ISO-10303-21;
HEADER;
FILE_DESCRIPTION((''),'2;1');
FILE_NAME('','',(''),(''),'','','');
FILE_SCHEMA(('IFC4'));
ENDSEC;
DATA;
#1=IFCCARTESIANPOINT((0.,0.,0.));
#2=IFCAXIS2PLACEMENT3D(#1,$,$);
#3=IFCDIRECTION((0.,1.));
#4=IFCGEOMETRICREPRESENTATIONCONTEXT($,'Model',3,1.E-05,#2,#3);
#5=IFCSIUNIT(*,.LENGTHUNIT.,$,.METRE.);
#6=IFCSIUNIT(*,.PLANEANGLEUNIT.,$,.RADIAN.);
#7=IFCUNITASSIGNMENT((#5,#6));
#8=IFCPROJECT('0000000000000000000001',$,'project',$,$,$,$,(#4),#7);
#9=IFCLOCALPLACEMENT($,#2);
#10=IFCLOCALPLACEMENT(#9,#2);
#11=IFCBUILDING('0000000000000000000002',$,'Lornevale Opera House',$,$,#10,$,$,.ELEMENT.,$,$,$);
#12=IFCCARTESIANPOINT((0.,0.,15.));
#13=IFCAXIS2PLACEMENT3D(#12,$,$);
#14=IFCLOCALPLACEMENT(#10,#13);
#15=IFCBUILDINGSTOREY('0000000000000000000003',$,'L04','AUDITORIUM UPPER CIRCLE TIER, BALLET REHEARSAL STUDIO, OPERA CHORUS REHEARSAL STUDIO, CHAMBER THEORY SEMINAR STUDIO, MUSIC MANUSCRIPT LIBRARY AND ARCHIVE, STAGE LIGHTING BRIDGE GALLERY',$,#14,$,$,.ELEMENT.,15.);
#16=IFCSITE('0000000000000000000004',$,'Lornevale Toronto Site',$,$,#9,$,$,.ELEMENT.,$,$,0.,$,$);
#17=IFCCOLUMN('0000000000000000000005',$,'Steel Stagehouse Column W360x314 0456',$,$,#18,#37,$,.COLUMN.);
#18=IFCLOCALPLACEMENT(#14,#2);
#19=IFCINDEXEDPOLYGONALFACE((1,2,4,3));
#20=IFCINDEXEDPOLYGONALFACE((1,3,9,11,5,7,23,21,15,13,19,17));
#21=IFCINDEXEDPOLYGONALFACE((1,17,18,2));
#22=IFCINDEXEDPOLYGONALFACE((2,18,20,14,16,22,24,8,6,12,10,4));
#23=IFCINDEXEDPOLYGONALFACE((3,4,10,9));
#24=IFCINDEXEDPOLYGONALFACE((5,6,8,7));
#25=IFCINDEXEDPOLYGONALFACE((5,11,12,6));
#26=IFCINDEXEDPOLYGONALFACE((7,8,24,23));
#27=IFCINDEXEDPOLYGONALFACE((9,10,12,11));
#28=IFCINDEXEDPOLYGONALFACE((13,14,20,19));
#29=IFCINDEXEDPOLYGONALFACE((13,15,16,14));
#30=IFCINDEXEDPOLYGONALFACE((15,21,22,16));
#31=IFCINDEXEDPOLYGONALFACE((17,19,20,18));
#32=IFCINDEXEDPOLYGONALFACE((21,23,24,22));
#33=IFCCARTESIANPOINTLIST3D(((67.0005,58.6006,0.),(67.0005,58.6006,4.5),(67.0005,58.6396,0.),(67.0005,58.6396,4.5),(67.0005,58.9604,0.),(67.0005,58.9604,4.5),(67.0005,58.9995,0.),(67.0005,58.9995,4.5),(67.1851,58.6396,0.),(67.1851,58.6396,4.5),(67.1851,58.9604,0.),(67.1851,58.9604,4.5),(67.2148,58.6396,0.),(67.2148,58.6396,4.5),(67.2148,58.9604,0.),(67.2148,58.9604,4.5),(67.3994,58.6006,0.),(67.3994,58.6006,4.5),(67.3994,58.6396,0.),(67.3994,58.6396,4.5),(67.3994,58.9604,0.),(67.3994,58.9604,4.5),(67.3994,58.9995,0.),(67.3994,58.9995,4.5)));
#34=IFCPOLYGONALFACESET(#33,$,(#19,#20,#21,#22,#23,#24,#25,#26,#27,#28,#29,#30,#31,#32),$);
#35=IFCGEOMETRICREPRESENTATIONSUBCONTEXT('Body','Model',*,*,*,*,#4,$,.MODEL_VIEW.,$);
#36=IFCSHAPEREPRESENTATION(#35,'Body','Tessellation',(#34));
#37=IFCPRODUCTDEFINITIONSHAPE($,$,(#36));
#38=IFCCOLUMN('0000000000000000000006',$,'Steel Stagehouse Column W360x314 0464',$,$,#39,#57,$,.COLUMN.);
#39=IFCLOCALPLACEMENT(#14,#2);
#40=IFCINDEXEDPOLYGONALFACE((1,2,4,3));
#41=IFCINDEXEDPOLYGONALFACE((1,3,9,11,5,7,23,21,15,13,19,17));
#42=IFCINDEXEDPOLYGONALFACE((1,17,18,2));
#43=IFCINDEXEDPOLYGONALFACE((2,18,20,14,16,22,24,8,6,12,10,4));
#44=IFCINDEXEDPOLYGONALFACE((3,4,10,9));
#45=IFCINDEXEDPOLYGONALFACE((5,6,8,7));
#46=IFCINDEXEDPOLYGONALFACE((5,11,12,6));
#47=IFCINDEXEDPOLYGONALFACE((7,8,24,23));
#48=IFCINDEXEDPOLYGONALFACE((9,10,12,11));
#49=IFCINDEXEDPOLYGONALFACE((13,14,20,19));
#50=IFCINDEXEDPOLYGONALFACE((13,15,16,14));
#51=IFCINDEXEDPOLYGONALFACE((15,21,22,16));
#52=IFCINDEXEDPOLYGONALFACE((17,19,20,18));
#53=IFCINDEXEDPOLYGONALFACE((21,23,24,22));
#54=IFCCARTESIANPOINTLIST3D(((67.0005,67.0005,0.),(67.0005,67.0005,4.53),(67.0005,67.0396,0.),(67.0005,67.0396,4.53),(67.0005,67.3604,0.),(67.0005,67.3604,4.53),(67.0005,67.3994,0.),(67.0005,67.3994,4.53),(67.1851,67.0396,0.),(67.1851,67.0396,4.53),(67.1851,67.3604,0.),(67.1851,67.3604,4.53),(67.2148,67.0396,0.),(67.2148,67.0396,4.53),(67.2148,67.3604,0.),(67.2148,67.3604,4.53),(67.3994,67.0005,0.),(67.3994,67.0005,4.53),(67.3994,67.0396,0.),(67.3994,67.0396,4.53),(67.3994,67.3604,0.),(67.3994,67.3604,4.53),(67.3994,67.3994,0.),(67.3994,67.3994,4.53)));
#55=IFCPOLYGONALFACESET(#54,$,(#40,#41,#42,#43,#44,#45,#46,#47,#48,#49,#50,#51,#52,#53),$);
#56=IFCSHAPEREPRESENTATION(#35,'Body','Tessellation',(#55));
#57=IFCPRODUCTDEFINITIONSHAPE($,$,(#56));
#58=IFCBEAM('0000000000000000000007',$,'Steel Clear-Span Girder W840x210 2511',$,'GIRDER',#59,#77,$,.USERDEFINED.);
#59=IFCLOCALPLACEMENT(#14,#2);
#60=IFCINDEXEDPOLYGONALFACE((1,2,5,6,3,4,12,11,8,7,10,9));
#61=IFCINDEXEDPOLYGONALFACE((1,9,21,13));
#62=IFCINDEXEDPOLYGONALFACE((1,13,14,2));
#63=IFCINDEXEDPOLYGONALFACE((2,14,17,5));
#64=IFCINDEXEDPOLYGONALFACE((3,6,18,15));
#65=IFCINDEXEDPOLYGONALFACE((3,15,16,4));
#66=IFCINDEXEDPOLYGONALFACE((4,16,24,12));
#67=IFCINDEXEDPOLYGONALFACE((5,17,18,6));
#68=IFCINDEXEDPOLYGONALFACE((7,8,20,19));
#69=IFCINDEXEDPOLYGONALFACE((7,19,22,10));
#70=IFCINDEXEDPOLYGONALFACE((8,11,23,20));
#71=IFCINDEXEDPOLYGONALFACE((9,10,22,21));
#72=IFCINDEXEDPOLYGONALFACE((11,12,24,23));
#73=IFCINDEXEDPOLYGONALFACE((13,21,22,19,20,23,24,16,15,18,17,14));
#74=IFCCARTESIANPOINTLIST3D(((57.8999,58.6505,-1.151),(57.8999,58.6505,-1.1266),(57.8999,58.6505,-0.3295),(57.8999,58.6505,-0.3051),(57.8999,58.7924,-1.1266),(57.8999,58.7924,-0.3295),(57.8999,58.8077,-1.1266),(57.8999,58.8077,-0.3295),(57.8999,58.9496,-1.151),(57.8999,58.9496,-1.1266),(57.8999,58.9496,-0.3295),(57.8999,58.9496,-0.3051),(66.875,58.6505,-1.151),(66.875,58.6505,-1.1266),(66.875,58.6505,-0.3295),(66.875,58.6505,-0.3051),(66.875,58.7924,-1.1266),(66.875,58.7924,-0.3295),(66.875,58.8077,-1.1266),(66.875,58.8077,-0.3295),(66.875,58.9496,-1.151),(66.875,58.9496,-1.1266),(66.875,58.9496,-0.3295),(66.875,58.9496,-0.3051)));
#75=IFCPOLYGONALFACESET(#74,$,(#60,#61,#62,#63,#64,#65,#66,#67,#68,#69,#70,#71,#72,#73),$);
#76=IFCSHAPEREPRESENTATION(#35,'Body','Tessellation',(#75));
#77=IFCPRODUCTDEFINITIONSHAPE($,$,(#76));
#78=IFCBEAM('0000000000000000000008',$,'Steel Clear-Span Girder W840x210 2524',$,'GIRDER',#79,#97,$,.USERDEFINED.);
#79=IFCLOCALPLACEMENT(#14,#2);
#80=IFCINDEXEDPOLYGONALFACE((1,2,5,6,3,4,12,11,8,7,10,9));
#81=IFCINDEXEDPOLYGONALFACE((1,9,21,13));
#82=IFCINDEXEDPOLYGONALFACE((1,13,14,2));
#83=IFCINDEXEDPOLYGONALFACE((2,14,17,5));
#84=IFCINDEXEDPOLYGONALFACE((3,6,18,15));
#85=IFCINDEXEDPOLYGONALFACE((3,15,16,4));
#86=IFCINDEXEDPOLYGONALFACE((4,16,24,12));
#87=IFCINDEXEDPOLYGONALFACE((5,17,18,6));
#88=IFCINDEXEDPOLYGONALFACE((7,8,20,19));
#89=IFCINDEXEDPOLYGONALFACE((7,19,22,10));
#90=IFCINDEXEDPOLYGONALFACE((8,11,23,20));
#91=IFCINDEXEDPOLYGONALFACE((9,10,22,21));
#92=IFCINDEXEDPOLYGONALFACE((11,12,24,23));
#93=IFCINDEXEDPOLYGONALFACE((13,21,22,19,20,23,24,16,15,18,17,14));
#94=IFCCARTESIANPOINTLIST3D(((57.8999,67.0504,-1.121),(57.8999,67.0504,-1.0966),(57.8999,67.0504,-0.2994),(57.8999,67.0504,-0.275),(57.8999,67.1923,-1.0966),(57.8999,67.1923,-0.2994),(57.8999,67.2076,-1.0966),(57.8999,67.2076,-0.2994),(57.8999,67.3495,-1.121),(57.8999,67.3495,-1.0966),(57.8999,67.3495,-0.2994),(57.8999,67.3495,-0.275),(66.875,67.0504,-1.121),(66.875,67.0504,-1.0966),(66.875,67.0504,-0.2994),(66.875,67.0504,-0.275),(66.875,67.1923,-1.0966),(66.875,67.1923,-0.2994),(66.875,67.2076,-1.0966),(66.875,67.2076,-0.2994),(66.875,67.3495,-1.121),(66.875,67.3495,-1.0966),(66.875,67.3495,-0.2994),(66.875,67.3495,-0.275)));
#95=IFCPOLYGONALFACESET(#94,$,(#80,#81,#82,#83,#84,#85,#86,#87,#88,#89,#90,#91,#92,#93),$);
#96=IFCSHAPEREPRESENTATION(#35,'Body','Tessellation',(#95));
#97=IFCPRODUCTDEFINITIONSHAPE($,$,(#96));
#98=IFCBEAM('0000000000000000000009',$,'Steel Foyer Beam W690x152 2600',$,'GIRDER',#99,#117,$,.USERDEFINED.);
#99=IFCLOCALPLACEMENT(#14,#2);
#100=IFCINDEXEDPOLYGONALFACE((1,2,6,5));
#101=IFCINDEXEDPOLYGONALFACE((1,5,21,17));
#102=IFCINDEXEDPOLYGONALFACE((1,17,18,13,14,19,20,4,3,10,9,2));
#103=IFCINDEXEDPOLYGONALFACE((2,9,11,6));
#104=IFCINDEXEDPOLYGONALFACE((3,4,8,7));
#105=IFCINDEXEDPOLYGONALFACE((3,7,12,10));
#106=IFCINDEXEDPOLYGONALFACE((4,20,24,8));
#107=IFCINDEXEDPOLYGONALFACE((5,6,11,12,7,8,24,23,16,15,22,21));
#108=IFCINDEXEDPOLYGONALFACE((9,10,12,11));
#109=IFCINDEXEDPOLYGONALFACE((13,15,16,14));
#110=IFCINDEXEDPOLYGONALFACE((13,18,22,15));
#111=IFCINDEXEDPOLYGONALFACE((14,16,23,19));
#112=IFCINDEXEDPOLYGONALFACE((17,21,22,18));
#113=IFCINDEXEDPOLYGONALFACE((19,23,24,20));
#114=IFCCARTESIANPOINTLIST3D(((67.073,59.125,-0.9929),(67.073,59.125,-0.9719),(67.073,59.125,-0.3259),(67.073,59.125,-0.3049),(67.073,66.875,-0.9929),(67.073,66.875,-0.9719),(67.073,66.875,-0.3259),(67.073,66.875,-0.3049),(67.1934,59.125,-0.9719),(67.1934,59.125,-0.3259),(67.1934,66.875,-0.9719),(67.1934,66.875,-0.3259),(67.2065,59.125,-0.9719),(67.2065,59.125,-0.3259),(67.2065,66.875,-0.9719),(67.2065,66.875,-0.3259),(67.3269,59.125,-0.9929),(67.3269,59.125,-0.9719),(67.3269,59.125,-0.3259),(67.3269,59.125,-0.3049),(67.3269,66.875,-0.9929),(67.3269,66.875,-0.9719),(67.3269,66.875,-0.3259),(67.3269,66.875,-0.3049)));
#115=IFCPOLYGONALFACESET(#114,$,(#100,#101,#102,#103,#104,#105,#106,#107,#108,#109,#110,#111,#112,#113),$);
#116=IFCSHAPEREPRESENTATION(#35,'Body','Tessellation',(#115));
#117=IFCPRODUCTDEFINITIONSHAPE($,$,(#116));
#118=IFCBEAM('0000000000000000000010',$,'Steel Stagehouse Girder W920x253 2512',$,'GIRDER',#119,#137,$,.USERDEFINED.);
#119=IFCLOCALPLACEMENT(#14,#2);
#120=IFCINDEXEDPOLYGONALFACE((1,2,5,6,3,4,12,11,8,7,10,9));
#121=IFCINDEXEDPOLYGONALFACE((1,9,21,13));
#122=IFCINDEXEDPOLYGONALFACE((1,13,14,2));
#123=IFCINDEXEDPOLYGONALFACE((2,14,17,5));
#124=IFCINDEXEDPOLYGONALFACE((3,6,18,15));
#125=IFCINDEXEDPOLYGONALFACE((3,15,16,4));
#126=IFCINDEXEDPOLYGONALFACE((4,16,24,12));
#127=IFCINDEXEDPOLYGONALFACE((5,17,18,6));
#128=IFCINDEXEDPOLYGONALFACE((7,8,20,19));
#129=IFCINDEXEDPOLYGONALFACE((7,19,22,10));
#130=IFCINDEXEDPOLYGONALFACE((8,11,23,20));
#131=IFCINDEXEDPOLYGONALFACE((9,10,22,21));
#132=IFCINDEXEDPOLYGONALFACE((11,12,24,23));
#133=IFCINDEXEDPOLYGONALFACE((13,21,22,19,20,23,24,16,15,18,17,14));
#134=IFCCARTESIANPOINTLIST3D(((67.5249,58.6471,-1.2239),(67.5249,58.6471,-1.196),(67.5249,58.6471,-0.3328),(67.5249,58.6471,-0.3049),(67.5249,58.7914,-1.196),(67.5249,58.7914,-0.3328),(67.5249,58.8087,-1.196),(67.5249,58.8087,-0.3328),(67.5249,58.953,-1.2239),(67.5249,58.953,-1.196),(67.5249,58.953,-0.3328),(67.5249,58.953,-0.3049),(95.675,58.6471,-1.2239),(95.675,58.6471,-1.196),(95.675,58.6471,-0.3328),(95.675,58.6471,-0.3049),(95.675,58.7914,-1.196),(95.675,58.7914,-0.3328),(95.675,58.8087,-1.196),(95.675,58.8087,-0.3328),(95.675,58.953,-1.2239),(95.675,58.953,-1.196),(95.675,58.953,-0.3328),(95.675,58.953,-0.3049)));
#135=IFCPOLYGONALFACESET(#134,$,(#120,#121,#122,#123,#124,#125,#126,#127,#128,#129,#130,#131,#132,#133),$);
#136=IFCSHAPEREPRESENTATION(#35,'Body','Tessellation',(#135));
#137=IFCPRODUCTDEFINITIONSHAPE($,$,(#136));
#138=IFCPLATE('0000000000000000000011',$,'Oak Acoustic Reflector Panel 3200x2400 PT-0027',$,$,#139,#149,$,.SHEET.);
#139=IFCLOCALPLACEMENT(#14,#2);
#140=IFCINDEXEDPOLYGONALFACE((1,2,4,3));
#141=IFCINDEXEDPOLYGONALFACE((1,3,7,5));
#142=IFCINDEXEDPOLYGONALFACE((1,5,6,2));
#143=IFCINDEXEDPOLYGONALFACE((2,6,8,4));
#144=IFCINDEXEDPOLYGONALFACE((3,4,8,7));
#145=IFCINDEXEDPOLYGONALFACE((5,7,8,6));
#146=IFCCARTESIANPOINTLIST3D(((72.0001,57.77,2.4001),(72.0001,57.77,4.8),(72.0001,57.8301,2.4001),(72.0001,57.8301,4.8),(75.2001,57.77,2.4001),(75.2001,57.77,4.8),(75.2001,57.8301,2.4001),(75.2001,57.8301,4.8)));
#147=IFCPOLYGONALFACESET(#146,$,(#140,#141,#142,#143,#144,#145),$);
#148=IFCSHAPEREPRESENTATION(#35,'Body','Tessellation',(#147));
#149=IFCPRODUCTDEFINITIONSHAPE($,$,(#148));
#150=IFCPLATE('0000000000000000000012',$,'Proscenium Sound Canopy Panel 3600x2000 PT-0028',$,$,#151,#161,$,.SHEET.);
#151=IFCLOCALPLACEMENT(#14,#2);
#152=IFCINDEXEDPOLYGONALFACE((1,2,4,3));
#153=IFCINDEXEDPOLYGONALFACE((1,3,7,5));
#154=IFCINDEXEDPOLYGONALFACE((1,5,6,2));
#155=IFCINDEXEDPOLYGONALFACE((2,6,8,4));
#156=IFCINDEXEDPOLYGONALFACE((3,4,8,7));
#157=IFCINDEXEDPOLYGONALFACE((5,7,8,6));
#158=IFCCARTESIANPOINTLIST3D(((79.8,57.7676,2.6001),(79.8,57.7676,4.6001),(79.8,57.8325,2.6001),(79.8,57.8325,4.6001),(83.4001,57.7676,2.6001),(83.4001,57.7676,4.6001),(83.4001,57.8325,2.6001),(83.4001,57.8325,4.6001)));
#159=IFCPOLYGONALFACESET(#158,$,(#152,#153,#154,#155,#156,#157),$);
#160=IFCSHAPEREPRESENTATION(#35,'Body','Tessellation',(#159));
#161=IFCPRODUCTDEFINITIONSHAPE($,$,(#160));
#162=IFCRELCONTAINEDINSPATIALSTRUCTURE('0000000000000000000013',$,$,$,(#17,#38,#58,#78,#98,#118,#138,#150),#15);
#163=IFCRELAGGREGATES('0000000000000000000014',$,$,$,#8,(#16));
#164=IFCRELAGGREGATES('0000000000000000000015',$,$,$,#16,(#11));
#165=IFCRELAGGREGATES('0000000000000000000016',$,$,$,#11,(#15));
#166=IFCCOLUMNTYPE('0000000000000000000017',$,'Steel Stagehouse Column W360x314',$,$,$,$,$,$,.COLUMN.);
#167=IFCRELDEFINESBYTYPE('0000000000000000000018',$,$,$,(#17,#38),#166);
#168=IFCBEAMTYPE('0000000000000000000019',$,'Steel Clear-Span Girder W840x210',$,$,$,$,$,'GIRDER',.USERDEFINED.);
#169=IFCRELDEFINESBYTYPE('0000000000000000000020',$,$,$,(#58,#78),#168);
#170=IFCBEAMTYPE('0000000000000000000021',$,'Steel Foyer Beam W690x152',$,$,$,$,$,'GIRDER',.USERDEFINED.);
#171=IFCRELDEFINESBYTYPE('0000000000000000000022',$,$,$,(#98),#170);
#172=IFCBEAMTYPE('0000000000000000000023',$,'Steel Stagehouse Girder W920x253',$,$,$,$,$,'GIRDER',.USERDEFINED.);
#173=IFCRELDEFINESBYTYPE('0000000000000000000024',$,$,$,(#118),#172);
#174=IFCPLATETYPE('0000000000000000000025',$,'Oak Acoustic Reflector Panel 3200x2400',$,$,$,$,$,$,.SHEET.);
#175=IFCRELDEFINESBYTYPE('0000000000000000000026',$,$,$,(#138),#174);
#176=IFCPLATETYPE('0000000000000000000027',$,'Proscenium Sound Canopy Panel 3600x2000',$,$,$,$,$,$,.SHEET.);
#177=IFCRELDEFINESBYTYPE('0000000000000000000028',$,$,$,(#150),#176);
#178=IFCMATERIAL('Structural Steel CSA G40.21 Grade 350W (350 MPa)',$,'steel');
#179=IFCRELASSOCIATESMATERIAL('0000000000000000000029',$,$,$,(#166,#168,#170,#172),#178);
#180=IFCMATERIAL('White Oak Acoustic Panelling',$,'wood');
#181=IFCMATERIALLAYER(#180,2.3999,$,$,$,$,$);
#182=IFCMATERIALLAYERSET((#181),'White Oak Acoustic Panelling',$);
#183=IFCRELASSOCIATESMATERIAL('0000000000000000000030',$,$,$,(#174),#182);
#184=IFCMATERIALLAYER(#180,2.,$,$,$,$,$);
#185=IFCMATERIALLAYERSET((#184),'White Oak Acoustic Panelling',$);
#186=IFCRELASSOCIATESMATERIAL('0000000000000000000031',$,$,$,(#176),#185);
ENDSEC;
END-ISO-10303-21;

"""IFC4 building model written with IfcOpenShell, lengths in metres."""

from ifc_helpers import new_model, si_unit, direction, frame, origin, origin_2d, place, context, subcontext, project, spatial, rectangle, i_section, extrude, material, layer, layer_set, material_profile, profile_set, type_object, element, save


model = new_model("IFC4")

# Units and contexts
model_context = context("Model", 3, precision=1e-05, world=origin(), true_north=direction((0.0, 1.0)))
body_context = subcontext(model_context, "Body", "Model", "MODEL_VIEW")
ifc_project = project(units=[si_unit("LENGTHUNIT", "METRE"), si_unit("PLANEANGLEUNIT", "RADIAN")], contexts=[model_context])

# Site, building, storey
site_placement = place(None, origin())
site = spatial("IfcSite", under=ifc_project, at=site_placement, Name="Lornevale Toronto Site", CompositionType="ELEMENT", RefElevation=0.0)
building_placement = place(site_placement, origin())
building = spatial("IfcBuilding", under=site, at=building_placement, Name="Lornevale Opera House", CompositionType="ELEMENT")
storey_placement = place(building_placement, frame((0.0, 0.0, 15.0)))
storey = spatial("IfcBuildingStorey", under=building, at=storey_placement, Name="L04", Description="AUDITORIUM UPPER CIRCLE TIER, BALLET REHEARSAL STUDIO, OPERA CHORUS REHEARSAL STUDIO, CHAMBER THEORY SEMINAR STUDIO, MUSIC MANUSCRIPT LIBRARY AND ARCHIVE, STAGE LIGHTING BRIDGE GALLERY", CompositionType="ELEMENT", Elevation=15.0)

# Columns
ifc_material_1 = material(Name="Structural Steel CSA G40.21 Grade 350W (350 MPa)", Category="steel")
ifc_material_profile_1 = material_profile(ifc_material_1, i_section(OverallWidth=0.3989, OverallDepth=0.3989, WebThickness=0.0298, FlangeThickness=0.0391, at=origin_2d()), Name="W360x314")
ifc_profile_set_1 = profile_set([ifc_material_profile_1], Name="Structural Steel CSA G40.21 Grade 350W (350 MPa)")
column_type = type_object("IfcColumnType", Name="Steel Stagehouse Column W360x314", PredefinedType="COLUMN", material=ifc_profile_set_1)
column_1_placement = place(storey_placement, frame((67.2, 58.8, 0.0), z_axis=(0.0, 0.0, 1.0), x_axis=(1.0, 0.0, 0.0)))
element("IfcColumn", 1, at=column_1_placement, inside=storey, type_object=column_type, Name="Steel Stagehouse Column W360x314 0456", PredefinedType="COLUMN", context=body_context, shape_type="SweptSolid", body=[
    extrude(i_section(OverallWidth=0.3989, OverallDepth=0.3989, WebThickness=0.0298, FlangeThickness=0.0391, at=origin_2d()), origin(), (0.0, 0.0, 1.0), 4.5),
])
column_2_placement = place(storey_placement, frame((67.2, 67.2, 0.0), z_axis=(0.0, 0.0, 1.0), x_axis=(1.0, 0.0, 0.0)))
element("IfcColumn", 2, at=column_2_placement, inside=storey, type_object=column_type, Name="Steel Stagehouse Column W360x314 0464", PredefinedType="COLUMN", context=body_context, shape_type="SweptSolid", body=[
    extrude(i_section(OverallWidth=0.3989, OverallDepth=0.3989, WebThickness=0.0298, FlangeThickness=0.0391, at=origin_2d()), origin(), (0.0, 0.0, 1.0), 4.53),
])

# Beams
ifc_material_profile_2 = material_profile(ifc_material_1, i_section(OverallWidth=0.2991, OverallDepth=0.8459, WebThickness=0.0154, FlangeThickness=0.0244, at=origin_2d()), Name="W840x210")
ifc_profile_set_2 = profile_set([ifc_material_profile_2], Name="Structural Steel CSA G40.21 Grade 350W (350 MPa)")
beam_type_1 = type_object("IfcBeamType", Name="Steel Clear-Span Girder W840x210", ElementType="GIRDER", PredefinedType="USERDEFINED", material=ifc_profile_set_2)
for number, where, z_axis, x_axis, name in (
    (3, (57.8999, 58.8, -0.728), (1.0, 0.0, 0.0), (0.0, 1.0, 0.0), "Steel Clear-Span Girder W840x210 2511"),
    (4, (57.8999, 67.2, -0.698), (1.0, 0.0, 0.0), (0.0, 1.0, 0.0), "Steel Clear-Span Girder W840x210 2524"),
):
    element("IfcBeam", number, at=place(storey_placement, frame(where, z_axis=z_axis, x_axis=x_axis)), inside=storey, type_object=beam_type_1, Name=name, ObjectType="GIRDER", PredefinedType="USERDEFINED", context=body_context, shape_type="SweptSolid", body=[
        extrude(i_section(OverallWidth=0.2991, OverallDepth=0.8459, WebThickness=0.0154, FlangeThickness=0.0244, at=origin_2d()), origin(), (0.0, 0.0, 1.0), 8.9751),
    ])
ifc_material_profile_3 = material_profile(ifc_material_1, i_section(OverallWidth=0.2539, OverallDepth=0.688, WebThickness=0.0132, FlangeThickness=0.021, at=origin_2d()), Name="W690x152")
ifc_profile_set_3 = profile_set([ifc_material_profile_3], Name="Structural Steel CSA G40.21 Grade 350W (350 MPa)")
beam_type_2 = type_object("IfcBeamType", Name="Steel Foyer Beam W690x152", ElementType="GIRDER", PredefinedType="USERDEFINED", material=ifc_profile_set_3)
beam_1_placement = place(storey_placement, frame((67.2, 59.125, -0.6489), z_axis=(0.0, 1.0, 0.0), x_axis=(-1.0, 0.0, 0.0)))
element("IfcBeam", 5, at=beam_1_placement, inside=storey, type_object=beam_type_2, Name="Steel Foyer Beam W690x152 2600", ObjectType="GIRDER", PredefinedType="USERDEFINED", context=body_context, shape_type="SweptSolid", body=[
    extrude(i_section(OverallWidth=0.2539, OverallDepth=0.688, WebThickness=0.0132, FlangeThickness=0.021, at=origin_2d()), origin(), (0.0, 0.0, 1.0), 7.75),
])
ifc_material_profile_4 = material_profile(ifc_material_1, i_section(OverallWidth=0.3059, OverallDepth=0.9189, WebThickness=0.0173, FlangeThickness=0.0278, at=origin_2d()), Name="W920x253")
ifc_profile_set_4 = profile_set([ifc_material_profile_4], Name="Structural Steel CSA G40.21 Grade 350W (350 MPa)")
beam_type_3 = type_object("IfcBeamType", Name="Steel Stagehouse Girder W920x253", ElementType="GIRDER", PredefinedType="USERDEFINED", material=ifc_profile_set_4)
beam_2_placement = place(storey_placement, frame((67.5249, 58.8, -0.7644), z_axis=(1.0, 0.0, 0.0), x_axis=(0.0, 1.0, 0.0)))
element("IfcBeam", 6, at=beam_2_placement, inside=storey, type_object=beam_type_3, Name="Steel Stagehouse Girder W920x253 2512", ObjectType="GIRDER", PredefinedType="USERDEFINED", context=body_context, shape_type="SweptSolid", body=[
    extrude(i_section(OverallWidth=0.3059, OverallDepth=0.9189, WebThickness=0.0173, FlangeThickness=0.0278, at=origin_2d()), origin(), (0.0, 0.0, 1.0), 28.1501),
])

# Plates
ifc_material_2 = material(Name="White Oak Acoustic Panelling", Category="wood")
ifc_layer_1 = layer(ifc_material_2, 2.3999)
ifc_layer_set_1 = layer_set([ifc_layer_1], Name="White Oak Acoustic Panelling")
plate_type_1 = type_object("IfcPlateType", Name="Oak Acoustic Reflector Panel 3200x2400", PredefinedType="SHEET", material=ifc_layer_set_1)
plate_1_placement = place(storey_placement, frame((73.6001, 57.8, 2.4001), z_axis=(0.0, 0.0, 1.0), x_axis=(1.0, 0.0, 0.0)))
element("IfcPlate", 7, at=plate_1_placement, inside=storey, type_object=plate_type_1, Name="Oak Acoustic Reflector Panel 3200x2400 PT-0027", PredefinedType="SHEET", context=body_context, shape_type="SweptSolid", body=[
    extrude(rectangle(XDim=3.2, YDim=0.0601, at=origin_2d()), origin(), (0.0, 0.0, 1.0), 2.3999),
])
ifc_layer_2 = layer(ifc_material_2, 2.0)
ifc_layer_set_2 = layer_set([ifc_layer_2], Name="White Oak Acoustic Panelling")
plate_type_2 = type_object("IfcPlateType", Name="Proscenium Sound Canopy Panel 3600x2000", PredefinedType="SHEET", material=ifc_layer_set_2)
plate_2_placement = place(storey_placement, frame((81.6001, 57.8, 2.6001), z_axis=(0.0, 0.0, 1.0), x_axis=(1.0, 0.0, 0.0)))
element("IfcPlate", 8, at=plate_2_placement, inside=storey, type_object=plate_type_2, Name="Proscenium Sound Canopy Panel 3600x2000 PT-0028", PredefinedType="SHEET", context=body_context, shape_type="SweptSolid", body=[
    extrude(rectangle(XDim=3.6001, YDim=0.0649, at=origin_2d()), origin(), (0.0, 0.0, 1.0), 2.0),
])

save(model, "model.ifc")
